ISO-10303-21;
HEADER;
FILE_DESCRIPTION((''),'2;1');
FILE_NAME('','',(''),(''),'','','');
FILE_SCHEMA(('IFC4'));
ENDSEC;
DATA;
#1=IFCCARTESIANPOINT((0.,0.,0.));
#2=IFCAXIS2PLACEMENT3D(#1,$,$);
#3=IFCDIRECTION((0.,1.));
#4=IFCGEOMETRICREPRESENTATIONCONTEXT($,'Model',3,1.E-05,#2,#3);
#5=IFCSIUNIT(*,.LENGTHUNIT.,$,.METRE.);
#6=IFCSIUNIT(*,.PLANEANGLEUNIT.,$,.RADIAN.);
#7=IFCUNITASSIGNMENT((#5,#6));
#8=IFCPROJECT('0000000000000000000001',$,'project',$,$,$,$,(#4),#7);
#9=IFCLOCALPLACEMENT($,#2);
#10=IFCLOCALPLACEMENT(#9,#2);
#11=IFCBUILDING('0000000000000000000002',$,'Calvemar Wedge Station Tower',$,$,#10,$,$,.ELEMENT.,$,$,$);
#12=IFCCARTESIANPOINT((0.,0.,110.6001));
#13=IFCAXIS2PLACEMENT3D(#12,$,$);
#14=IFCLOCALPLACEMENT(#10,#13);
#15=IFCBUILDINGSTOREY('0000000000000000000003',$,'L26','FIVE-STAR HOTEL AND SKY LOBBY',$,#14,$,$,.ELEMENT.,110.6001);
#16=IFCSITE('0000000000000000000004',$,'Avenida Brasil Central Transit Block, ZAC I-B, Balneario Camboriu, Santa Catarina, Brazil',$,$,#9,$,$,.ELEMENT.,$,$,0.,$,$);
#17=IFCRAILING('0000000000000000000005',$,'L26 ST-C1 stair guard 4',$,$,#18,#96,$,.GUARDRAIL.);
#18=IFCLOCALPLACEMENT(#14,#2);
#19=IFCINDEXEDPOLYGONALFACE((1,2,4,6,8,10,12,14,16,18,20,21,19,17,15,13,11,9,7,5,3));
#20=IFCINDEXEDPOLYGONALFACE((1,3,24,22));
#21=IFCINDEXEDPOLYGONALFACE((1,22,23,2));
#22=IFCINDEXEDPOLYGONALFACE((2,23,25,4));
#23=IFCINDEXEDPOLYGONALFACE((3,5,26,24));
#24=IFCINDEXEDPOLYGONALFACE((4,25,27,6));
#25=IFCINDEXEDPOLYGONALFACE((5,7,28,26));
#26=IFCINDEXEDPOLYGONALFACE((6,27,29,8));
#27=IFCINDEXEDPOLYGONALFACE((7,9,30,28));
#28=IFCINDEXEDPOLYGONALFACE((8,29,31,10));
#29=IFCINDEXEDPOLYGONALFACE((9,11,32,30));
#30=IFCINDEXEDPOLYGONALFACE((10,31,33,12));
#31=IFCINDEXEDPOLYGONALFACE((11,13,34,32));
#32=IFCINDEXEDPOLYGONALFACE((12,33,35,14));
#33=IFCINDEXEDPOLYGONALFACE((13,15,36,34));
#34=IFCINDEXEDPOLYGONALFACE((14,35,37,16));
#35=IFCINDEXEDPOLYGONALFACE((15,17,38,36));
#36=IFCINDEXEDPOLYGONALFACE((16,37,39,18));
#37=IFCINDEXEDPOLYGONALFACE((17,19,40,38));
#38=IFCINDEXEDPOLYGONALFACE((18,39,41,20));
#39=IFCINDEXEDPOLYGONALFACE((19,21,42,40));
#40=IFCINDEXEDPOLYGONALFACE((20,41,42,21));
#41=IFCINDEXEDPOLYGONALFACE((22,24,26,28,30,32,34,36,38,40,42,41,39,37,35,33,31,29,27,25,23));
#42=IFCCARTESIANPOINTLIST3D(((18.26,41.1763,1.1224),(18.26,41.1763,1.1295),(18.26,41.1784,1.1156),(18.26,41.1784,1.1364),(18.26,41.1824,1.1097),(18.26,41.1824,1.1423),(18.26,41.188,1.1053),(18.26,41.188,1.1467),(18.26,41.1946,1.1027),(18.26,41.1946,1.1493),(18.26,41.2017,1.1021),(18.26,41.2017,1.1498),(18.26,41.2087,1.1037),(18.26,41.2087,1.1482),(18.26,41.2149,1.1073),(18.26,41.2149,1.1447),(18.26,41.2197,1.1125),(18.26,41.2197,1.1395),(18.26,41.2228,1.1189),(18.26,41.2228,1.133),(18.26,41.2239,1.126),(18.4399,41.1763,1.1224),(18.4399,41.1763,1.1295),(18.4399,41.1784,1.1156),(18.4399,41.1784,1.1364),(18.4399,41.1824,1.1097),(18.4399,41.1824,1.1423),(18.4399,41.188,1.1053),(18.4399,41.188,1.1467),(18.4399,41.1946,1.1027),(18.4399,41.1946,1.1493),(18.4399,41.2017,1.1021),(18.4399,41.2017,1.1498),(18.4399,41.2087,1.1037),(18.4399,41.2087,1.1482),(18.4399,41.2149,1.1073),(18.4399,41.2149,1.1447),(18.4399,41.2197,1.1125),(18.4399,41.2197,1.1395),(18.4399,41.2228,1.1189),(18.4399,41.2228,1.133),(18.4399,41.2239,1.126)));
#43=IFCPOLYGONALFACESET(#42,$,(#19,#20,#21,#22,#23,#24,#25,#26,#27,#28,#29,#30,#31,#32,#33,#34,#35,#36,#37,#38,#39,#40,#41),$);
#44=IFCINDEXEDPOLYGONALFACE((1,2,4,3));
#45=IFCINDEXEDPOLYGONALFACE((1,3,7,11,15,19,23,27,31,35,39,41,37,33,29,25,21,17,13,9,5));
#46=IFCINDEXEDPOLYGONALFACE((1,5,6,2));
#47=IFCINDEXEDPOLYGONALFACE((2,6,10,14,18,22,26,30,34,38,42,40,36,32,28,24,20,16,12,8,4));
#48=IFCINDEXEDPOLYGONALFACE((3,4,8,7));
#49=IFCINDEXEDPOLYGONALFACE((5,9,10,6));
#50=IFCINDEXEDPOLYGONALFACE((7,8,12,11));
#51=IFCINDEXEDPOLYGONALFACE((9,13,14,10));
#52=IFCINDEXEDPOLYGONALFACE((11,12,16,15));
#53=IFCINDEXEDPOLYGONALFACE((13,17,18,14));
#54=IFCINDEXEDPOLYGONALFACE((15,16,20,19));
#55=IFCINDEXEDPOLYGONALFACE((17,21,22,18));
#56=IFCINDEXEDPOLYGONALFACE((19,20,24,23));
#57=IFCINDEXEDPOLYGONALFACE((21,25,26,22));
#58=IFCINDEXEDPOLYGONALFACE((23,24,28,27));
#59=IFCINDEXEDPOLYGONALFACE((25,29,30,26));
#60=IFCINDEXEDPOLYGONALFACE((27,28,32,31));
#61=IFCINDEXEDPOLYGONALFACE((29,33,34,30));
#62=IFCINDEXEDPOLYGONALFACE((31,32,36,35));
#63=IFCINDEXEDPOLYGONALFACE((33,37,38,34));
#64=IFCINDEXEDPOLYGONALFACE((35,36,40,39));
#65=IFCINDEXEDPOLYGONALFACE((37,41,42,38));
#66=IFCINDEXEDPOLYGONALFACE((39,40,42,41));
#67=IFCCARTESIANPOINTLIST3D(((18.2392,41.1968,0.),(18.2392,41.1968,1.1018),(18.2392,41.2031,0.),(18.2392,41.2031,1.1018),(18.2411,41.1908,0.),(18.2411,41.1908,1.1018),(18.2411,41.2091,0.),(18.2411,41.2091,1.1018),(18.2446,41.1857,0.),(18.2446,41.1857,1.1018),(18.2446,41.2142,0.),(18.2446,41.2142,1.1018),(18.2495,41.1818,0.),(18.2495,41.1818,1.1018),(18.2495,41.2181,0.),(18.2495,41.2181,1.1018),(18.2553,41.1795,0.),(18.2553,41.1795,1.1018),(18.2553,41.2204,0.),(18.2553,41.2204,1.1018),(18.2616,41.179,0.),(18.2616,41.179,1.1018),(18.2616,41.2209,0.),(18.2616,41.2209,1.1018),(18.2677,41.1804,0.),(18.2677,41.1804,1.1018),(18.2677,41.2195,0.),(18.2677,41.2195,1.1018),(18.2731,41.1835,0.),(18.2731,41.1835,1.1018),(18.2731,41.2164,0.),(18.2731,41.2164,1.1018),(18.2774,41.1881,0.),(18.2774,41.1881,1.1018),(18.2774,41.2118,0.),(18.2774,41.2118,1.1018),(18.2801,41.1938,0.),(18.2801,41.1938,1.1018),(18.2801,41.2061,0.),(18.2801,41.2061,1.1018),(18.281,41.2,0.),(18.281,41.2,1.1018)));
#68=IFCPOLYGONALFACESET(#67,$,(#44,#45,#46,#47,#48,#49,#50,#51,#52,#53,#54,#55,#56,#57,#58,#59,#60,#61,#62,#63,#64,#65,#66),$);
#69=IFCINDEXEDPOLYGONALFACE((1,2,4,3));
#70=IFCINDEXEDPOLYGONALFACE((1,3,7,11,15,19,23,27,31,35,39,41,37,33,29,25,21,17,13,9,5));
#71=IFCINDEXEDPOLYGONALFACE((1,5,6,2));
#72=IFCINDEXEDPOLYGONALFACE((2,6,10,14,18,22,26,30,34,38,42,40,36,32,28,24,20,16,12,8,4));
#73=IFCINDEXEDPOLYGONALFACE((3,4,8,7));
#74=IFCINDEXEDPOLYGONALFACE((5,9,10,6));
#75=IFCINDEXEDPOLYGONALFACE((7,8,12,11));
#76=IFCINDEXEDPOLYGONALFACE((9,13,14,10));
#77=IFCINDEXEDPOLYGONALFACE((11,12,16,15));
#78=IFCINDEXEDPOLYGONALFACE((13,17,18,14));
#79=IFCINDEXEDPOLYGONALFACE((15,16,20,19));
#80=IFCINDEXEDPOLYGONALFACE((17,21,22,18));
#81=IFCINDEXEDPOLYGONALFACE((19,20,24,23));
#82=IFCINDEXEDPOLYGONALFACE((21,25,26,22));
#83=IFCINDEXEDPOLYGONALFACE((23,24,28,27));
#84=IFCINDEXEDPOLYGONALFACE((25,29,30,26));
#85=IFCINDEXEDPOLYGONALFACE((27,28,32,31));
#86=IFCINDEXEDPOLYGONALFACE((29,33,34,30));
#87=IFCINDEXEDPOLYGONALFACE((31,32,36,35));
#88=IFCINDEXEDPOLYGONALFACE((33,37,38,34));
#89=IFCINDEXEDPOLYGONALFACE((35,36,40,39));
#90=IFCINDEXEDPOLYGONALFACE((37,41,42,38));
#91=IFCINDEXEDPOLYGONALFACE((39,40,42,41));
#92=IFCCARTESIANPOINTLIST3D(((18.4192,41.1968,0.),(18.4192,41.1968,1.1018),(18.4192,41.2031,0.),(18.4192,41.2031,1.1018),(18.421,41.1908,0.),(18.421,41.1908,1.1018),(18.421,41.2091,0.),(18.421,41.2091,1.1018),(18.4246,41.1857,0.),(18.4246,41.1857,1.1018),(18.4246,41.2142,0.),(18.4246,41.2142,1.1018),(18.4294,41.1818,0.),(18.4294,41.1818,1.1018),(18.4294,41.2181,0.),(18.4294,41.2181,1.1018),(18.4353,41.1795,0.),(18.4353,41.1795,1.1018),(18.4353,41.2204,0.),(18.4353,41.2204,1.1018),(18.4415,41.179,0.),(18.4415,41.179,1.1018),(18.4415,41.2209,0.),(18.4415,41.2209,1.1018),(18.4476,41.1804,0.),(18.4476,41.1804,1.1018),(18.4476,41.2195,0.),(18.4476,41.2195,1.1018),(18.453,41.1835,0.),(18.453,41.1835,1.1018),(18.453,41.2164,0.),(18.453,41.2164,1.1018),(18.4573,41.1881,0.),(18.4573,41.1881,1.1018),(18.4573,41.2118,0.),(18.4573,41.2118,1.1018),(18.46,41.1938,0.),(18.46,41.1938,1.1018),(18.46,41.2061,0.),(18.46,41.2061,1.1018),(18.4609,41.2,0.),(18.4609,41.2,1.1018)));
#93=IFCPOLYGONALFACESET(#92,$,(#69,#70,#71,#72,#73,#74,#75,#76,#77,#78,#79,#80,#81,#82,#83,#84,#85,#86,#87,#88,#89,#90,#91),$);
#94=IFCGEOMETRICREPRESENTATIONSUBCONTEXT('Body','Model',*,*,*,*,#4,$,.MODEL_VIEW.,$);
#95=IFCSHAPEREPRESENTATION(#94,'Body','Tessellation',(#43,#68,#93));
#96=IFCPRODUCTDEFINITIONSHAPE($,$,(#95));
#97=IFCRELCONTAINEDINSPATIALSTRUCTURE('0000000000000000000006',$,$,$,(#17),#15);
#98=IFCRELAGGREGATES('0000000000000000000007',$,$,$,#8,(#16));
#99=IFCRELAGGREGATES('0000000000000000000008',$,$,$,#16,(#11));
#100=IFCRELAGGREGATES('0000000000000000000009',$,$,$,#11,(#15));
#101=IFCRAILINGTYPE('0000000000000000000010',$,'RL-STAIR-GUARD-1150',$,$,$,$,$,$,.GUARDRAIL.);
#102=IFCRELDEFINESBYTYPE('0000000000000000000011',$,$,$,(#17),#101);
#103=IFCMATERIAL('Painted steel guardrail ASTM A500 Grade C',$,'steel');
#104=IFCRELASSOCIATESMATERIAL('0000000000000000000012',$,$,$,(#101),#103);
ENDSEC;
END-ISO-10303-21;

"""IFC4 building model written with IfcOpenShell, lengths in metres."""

from ifc_helpers import new_model, si_unit, direction, frame, origin, origin_2d, place, context, subcontext, project, spatial, circle, extrude, material, type_object, element, save


model = new_model("IFC4")

# Units and contexts
model_context = context("Model", 3, precision=1e-05, world=origin(), true_north=direction((0.0, 1.0)))
body_context = subcontext(model_context, "Body", "Model", "MODEL_VIEW")
ifc_project = project(units=[si_unit("LENGTHUNIT", "METRE"), si_unit("PLANEANGLEUNIT", "RADIAN")], contexts=[model_context])

# Site, building, storey
site_placement = place(None, origin())
site = spatial("IfcSite", under=ifc_project, at=site_placement, Name="Avenida Brasil Central Transit Block, ZAC I-B, Balneario Camboriu, Santa Catarina, Brazil", CompositionType="ELEMENT", RefElevation=0.0)
building_placement = place(site_placement, origin())
building = spatial("IfcBuilding", under=site, at=building_placement, Name="Calvemar Wedge Station Tower", CompositionType="ELEMENT")
storey_placement = place(building_placement, frame((0.0, 0.0, 110.6001)))
storey = spatial("IfcBuildingStorey", under=building, at=storey_placement, Name="L26", Description="FIVE-STAR HOTEL AND SKY LOBBY", CompositionType="ELEMENT", Elevation=110.6001)

# Railing
ifc_material_1 = material(Name="Painted steel guardrail ASTM A500 Grade C", Category="steel")
railing_type = type_object("IfcRailingType", Name="RL-STAIR-GUARD-1150", PredefinedType="GUARDRAIL", material=ifc_material_1)
railing_1_placement = place(storey_placement, frame((18.26, 41.2, 0.0)))
element("IfcRailing", 1, at=railing_1_placement, inside=storey, type_object=railing_type, Name="L26 ST-C1 stair guard 4", PredefinedType="GUARDRAIL", context=body_context, shape_type="SweptSolid", body=[
    extrude(circle(Radius=0.0239, at=origin_2d()), frame((0.0, 0.0, 1.126), z_axis=(1.0, 0.0, 0.0), x_axis=(0.0, 1.0, 0.0)), (0.0, 0.0, 1.0), 0.1799),
    extrude(circle(Radius=0.021, at=origin_2d()), origin(), (0.0, 0.0, 1.0), 1.1018),
    extrude(circle(Radius=0.021, at=origin_2d()), frame((0.1799, 0.0, 0.0)), (0.0, 0.0, 1.0), 1.1018),
])

save(model, "model.ifc")
